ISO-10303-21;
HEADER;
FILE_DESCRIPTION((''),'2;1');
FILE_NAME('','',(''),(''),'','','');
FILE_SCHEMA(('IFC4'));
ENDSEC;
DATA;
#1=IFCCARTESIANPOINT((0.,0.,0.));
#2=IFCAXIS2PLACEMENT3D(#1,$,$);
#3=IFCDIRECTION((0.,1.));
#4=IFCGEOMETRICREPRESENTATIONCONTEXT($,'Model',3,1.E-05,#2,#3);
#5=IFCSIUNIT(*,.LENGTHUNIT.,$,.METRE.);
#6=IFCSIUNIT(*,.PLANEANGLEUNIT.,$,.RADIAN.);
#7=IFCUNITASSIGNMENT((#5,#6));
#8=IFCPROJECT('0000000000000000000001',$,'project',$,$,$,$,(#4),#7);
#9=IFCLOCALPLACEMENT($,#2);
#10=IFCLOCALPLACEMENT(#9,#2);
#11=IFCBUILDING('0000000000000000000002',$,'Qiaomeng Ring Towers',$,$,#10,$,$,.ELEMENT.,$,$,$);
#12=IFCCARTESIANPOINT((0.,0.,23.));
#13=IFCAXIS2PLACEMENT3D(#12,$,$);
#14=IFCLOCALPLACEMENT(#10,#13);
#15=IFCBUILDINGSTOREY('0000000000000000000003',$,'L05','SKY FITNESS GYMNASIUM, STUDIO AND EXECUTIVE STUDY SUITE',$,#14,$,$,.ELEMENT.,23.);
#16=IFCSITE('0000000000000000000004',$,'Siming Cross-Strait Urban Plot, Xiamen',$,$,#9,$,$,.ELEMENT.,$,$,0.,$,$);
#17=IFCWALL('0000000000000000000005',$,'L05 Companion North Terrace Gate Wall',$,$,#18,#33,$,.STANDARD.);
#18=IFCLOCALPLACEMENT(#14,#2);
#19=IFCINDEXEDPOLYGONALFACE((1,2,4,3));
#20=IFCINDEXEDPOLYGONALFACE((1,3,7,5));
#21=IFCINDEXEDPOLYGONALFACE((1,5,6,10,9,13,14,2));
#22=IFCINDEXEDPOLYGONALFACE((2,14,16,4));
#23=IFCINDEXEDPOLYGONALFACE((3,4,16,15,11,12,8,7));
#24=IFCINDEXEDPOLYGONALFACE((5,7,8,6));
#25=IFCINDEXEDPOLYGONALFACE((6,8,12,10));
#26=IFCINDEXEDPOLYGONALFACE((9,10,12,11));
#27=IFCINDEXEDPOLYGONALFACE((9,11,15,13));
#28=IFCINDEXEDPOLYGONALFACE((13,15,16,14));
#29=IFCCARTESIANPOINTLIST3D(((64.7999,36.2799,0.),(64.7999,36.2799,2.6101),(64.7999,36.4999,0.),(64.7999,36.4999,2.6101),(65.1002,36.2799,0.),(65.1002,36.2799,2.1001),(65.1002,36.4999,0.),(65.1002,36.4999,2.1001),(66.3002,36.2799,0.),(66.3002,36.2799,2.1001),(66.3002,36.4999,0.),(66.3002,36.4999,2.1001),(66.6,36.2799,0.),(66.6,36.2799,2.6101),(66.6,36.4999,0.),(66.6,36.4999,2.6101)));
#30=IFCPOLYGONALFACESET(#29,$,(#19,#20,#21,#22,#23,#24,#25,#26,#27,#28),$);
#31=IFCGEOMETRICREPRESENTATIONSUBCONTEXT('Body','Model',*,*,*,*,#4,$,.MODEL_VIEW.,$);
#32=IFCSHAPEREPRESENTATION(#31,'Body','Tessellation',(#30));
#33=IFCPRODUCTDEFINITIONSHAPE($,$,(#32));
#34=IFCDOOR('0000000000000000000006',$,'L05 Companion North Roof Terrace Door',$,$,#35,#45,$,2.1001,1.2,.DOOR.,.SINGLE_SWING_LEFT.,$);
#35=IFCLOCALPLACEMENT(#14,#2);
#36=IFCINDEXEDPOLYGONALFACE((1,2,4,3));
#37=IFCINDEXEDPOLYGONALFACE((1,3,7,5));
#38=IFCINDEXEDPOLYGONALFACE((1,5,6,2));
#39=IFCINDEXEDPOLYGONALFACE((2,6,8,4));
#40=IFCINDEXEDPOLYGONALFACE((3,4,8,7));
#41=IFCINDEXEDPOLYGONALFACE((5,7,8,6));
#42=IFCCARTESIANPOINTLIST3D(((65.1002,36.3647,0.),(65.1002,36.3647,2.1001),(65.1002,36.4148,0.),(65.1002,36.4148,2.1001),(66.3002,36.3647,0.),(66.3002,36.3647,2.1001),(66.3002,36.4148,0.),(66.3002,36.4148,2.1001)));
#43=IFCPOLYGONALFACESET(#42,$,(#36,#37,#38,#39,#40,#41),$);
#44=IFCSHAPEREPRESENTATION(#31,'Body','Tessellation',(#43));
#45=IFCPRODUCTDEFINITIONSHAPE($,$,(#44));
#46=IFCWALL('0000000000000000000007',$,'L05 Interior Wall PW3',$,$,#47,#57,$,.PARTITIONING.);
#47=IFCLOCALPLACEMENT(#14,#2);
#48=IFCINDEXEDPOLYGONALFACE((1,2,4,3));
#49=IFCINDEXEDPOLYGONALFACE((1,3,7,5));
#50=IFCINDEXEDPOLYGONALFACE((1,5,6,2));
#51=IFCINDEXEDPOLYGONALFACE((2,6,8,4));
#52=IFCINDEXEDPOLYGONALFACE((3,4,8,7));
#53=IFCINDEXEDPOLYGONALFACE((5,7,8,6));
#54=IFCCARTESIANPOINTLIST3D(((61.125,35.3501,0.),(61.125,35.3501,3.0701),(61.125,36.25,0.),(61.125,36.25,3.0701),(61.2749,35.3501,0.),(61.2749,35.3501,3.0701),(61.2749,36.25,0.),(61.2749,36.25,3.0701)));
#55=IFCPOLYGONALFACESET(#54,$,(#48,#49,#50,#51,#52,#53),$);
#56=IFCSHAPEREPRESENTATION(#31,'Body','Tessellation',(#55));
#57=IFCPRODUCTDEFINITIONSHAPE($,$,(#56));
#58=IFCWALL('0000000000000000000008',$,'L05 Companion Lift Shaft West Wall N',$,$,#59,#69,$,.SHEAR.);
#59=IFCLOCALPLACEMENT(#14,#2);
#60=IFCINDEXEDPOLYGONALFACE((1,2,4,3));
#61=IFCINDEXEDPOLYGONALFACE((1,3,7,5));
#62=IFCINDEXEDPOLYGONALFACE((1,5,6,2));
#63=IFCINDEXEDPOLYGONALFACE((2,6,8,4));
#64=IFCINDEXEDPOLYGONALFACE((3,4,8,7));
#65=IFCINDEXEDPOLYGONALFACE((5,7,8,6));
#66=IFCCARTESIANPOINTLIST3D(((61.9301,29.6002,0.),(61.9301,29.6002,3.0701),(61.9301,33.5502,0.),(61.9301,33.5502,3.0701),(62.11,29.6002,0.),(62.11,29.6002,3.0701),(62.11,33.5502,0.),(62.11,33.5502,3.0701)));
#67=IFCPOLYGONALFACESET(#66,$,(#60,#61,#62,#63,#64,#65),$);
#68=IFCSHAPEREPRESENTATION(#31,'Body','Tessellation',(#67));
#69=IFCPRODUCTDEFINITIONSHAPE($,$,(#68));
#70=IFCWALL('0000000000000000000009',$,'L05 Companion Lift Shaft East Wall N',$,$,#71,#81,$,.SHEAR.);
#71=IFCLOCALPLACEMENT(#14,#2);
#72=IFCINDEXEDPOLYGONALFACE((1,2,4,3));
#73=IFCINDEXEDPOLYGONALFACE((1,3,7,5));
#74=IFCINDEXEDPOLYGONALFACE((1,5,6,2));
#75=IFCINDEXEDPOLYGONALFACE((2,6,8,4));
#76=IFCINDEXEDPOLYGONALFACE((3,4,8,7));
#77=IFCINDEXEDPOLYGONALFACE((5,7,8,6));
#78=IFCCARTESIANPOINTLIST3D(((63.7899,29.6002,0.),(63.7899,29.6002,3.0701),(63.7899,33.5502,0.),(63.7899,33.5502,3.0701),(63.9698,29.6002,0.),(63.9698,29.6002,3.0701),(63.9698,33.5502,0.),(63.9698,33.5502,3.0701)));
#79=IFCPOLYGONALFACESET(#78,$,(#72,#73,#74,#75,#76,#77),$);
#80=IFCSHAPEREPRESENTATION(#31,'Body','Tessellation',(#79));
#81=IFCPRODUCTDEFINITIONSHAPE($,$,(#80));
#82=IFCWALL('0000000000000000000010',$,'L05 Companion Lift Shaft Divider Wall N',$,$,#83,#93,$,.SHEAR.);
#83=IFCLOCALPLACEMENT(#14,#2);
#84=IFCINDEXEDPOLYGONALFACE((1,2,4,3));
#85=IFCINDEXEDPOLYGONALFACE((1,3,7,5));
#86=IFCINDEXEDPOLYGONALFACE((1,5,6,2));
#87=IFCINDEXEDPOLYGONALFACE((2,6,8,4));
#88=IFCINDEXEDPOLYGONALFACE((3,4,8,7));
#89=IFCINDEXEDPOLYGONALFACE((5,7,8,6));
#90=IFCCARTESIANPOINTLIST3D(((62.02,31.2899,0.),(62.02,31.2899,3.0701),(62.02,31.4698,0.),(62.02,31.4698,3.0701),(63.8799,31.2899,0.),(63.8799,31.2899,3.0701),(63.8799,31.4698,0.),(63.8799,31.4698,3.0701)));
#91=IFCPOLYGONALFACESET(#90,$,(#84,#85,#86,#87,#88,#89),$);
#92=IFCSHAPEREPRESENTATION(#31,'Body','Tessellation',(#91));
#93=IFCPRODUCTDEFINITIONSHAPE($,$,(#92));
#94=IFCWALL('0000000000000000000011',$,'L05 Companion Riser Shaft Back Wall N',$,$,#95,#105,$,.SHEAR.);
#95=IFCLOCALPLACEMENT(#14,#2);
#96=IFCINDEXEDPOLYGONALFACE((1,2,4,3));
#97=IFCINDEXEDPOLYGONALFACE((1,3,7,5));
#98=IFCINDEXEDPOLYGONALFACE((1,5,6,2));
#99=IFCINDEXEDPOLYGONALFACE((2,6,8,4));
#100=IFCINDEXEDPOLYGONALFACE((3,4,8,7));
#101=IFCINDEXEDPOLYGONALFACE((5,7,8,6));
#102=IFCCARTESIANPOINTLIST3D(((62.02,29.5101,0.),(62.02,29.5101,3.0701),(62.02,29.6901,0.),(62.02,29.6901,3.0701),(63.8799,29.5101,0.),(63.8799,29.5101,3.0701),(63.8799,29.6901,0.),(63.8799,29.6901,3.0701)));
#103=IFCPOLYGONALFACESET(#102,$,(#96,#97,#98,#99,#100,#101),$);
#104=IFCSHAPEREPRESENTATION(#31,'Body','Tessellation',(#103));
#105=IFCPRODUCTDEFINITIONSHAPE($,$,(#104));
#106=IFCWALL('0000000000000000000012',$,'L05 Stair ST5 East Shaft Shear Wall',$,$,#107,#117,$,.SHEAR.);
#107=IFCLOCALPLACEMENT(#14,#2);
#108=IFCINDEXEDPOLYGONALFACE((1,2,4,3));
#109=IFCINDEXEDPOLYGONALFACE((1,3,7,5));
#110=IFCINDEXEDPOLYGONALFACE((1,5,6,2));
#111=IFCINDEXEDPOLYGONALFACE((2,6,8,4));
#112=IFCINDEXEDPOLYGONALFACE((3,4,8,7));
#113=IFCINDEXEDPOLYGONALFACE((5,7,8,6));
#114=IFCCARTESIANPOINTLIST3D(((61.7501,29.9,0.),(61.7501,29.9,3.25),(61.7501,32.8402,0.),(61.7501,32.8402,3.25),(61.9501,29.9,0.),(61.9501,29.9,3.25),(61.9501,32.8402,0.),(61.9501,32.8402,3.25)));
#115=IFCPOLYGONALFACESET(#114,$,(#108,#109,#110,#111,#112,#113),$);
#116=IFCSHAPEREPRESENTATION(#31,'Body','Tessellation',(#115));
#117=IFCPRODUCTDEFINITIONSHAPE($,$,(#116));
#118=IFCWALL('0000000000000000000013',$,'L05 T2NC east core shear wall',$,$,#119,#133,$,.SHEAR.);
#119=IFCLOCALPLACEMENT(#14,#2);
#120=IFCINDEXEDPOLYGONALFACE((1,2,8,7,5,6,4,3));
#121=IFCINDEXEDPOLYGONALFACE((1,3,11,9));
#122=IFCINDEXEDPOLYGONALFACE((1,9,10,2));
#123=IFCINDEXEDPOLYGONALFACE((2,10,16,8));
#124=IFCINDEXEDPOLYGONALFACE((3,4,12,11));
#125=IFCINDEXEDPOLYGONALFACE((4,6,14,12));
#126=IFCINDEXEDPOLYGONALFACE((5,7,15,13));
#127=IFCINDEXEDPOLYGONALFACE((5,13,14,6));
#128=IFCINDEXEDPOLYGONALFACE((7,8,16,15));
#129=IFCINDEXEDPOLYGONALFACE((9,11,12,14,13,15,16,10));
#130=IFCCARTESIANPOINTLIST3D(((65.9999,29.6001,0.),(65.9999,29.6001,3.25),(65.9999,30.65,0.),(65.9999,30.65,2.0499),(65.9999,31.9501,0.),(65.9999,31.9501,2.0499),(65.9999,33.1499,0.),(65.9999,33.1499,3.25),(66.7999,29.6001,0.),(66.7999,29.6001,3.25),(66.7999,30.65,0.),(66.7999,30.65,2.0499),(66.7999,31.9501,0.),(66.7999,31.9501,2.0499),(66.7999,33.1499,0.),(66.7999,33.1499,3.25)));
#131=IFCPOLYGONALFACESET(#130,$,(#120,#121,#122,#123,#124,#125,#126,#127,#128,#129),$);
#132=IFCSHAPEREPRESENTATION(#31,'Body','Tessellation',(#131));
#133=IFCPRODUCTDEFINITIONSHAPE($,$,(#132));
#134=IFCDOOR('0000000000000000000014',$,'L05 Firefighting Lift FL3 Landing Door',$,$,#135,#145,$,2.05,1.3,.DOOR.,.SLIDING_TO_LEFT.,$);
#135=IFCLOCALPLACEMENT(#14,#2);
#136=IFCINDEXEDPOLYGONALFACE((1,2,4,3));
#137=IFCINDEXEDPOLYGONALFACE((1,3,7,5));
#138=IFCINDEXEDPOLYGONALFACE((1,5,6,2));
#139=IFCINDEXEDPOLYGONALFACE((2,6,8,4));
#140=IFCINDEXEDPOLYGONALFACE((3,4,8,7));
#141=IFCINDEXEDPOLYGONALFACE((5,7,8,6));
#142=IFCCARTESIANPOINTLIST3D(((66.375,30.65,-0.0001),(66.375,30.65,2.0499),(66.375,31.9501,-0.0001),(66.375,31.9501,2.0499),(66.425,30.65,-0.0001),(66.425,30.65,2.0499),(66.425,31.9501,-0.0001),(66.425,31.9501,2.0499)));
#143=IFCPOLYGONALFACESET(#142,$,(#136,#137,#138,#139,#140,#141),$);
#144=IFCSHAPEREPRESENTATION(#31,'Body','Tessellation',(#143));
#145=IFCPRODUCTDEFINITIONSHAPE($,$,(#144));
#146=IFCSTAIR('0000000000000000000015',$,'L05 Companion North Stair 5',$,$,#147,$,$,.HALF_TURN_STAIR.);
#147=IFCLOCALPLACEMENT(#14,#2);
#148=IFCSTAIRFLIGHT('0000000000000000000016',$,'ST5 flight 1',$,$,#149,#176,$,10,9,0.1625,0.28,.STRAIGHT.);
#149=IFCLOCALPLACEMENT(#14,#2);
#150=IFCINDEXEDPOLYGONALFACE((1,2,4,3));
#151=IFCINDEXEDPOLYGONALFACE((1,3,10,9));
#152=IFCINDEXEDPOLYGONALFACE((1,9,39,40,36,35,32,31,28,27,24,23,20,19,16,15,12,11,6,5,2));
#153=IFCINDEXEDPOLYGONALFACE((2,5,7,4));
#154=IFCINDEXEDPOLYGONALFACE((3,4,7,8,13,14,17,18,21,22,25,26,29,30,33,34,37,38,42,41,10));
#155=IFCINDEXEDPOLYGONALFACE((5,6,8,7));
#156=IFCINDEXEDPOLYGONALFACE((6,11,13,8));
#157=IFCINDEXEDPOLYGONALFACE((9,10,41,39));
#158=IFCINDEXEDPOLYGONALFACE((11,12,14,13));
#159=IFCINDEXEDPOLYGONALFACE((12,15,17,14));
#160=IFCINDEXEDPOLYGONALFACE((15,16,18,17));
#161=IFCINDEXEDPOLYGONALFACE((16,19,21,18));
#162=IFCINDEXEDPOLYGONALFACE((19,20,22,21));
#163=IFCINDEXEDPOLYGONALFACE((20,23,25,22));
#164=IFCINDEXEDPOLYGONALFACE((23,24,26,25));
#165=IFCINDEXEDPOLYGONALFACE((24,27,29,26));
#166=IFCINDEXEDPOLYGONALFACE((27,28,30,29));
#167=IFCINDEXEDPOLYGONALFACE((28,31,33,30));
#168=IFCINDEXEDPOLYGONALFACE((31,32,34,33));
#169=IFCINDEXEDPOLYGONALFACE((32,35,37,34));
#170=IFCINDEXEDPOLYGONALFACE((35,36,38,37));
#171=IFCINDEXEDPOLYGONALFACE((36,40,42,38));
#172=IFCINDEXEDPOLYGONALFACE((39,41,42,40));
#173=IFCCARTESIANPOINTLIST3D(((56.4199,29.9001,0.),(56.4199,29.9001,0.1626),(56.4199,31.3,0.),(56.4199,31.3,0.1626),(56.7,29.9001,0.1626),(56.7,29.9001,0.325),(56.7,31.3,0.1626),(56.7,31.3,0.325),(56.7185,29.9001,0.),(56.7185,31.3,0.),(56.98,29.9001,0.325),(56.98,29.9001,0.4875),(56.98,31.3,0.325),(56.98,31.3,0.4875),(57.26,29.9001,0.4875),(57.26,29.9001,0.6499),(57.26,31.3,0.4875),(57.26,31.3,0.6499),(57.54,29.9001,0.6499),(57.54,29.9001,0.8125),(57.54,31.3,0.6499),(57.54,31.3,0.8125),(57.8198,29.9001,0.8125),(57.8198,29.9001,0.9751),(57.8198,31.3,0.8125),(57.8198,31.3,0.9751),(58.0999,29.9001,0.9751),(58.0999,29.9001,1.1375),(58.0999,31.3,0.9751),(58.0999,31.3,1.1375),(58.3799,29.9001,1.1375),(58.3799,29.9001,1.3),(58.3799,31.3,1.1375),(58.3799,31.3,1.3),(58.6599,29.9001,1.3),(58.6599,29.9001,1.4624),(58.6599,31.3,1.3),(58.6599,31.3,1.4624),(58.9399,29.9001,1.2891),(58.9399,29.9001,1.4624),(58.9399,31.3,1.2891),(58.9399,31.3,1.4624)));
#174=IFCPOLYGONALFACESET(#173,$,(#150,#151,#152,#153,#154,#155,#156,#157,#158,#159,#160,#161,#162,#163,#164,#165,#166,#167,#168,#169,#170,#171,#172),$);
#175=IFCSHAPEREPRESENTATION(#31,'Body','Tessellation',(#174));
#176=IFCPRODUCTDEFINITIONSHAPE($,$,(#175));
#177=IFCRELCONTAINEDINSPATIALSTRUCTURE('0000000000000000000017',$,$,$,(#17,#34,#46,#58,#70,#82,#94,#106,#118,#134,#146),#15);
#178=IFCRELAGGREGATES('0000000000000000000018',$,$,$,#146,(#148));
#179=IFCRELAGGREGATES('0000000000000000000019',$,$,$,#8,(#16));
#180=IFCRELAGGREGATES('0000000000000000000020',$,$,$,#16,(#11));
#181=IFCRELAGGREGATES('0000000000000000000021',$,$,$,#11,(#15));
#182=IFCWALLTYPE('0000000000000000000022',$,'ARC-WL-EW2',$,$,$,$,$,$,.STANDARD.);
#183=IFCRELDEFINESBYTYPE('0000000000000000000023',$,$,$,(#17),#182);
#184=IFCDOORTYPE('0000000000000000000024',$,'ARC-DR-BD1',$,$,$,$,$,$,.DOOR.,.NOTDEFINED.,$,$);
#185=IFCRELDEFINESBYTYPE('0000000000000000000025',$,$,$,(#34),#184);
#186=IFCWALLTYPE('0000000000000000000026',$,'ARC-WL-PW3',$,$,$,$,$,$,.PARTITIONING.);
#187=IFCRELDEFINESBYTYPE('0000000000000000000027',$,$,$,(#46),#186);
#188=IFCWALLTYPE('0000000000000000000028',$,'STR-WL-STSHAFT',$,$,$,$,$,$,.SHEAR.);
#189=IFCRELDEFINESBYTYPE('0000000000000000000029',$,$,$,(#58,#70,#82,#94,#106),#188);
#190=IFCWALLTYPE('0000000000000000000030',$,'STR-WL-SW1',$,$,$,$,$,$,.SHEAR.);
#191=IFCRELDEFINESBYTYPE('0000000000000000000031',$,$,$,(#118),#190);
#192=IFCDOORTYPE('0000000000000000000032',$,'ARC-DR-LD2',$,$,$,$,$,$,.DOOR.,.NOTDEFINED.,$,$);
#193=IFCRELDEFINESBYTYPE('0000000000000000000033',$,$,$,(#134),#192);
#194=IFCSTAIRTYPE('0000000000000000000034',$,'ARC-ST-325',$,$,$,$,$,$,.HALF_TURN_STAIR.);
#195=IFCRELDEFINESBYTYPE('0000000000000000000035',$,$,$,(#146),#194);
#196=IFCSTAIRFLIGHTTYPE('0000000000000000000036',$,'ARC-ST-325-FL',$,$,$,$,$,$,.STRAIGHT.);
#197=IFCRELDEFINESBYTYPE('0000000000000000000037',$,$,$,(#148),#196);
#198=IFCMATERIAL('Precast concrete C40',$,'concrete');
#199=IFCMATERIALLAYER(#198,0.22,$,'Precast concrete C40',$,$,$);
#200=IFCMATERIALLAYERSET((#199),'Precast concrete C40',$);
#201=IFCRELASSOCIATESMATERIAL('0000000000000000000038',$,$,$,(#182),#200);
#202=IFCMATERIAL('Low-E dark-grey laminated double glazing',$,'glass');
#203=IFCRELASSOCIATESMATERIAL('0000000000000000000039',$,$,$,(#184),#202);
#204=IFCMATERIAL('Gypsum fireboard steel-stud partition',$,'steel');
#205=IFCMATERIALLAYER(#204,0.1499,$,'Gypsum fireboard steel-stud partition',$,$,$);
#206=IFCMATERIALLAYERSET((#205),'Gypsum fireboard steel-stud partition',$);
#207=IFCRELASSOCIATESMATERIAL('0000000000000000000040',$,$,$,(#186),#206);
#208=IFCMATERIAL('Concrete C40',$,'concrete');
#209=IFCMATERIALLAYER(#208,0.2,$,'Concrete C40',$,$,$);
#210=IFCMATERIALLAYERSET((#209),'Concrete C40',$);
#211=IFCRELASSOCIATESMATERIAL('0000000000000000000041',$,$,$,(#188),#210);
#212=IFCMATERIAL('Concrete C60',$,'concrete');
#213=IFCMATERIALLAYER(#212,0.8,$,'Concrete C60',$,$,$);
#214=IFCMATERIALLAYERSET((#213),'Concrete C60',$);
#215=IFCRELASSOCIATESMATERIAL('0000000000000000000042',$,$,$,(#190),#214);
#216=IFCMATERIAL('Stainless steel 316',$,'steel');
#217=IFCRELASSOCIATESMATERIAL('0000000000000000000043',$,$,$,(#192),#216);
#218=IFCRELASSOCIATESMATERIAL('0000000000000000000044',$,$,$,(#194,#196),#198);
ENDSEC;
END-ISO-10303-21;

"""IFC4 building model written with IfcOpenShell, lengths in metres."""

from ifc_helpers import new_model, si_unit, direction, frame, frame_2d, origin, place, context, subcontext, project, spatial, polyline, rectangle, outline, extrude, source, transform, mapped, material, layer, layer_set, type_object, element, fill, aggregate, save


model = new_model("IFC4")

# Units and contexts
model_context = context("Model", 3, precision=1e-05, world=origin(), true_north=direction((0.0, 1.0)))
body_context = subcontext(model_context, "Body", "Model", "MODEL_VIEW")
ifc_project = project(units=[si_unit("LENGTHUNIT", "METRE"), si_unit("PLANEANGLEUNIT", "RADIAN")], contexts=[model_context])

# Site, building, storey
site_placement = place(None, origin())
site = spatial("IfcSite", under=ifc_project, at=site_placement, Name="Siming Cross-Strait Urban Plot, Xiamen", CompositionType="ELEMENT", RefElevation=0.0)
building_placement = place(site_placement, origin())
building = spatial("IfcBuilding", under=site, at=building_placement, Name="Qiaomeng Ring Towers", CompositionType="ELEMENT")
storey_placement = place(building_placement, frame((0.0, 0.0, 23.0)))
storey = spatial("IfcBuildingStorey", under=building, at=storey_placement, Name="L05", Description="SKY FITNESS GYMNASIUM, STUDIO AND EXECUTIVE STUDY SUITE", CompositionType="ELEMENT", Elevation=23.0)

# Shared definitions
ifc_material_1 = material(Name="Low-E dark-grey laminated double glazing", Category="glass")

# Wall, opening, door
ifc_material_2 = material(Name="Precast concrete C40", Category="concrete")
ifc_layer_1 = layer(ifc_material_2, 0.22, Name="Precast concrete C40")
ifc_layer_set_1 = layer_set([ifc_layer_1], Name="Precast concrete C40")
wall_type_1 = type_object("IfcWallType", Name="ARC-WL-EW2", PredefinedType="STANDARD", material=ifc_layer_set_1)
wall_1_placement = place(storey_placement, frame((64.8, 36.3899, 0.0), z_axis=(0.0, 0.0, 1.0), x_axis=(1.0, 0.0, 0.0)))
wall_1 = element("IfcWall", 1, at=wall_1_placement, inside=storey, type_object=wall_type_1, Name="L05 Companion North Terrace Gate Wall", PredefinedType="STANDARD", context=body_context, shape_type="SweptSolid", body=[
    extrude(rectangle(XDim=1.8, YDim=0.22, at=frame_2d((0.8999, 0.0))), origin(), (0.0, 0.0, 1.0), 2.6101),
])
opening_1_placement = place(wall_1_placement, frame((0.3, 0.0, 0.0)))
opening_1 = element("IfcOpeningElement", 2, at=opening_1_placement, cuts=wall_1, PredefinedType="OPENING", context=body_context, shape_type="SweptSolid", body=[
    extrude(rectangle(XDim=1.2, YDim=2.1001, at=frame_2d((0.6001, 1.05))), frame((0.0, 0.1199, 0.0), z_axis=(0.0, -1.0, 0.0), x_axis=(1.0, 0.0, 0.0)), (0.0, 0.0, 1.0), 0.24),
])
door_type_1 = type_object("IfcDoorType", Name="ARC-DR-BD1", OperationType="NOTDEFINED", PredefinedType="DOOR", material=ifc_material_1)
shared_shape_1 = source(origin(), body_context, "Body", "SweptSolid", [
    extrude(rectangle(XDim=1.2, YDim=2.1001, at=frame_2d((0.6001, 1.05))), frame((0.0, 0.0249, 0.0), z_axis=(0.0, -1.0, 0.0), x_axis=(1.0, 0.0, 0.0)), (0.0, 0.0, 1.0), 0.05),
])
door_1_placement = place(opening_1_placement, origin())
door_1 = element("IfcDoor", 3, at=door_1_placement, inside=storey, type_object=door_type_1, Name="L05 Companion North Roof Terrace Door", OperationType="SINGLE_SWING_LEFT", OverallHeight=2.1001, OverallWidth=1.2, PredefinedType="DOOR", context=body_context, shape_type="MappedRepresentation", body=[
    mapped(shared_shape_1, transform((0.0, 0.0, 0.0), x_axis=(1.0, 0.0, 0.0), y_axis=(0.0, 1.0, 0.0), z_axis=(0.0, 0.0, 1.0), scale=1.0)),
])
fill(opening_1, door_1)

# Walls
ifc_material_3 = material(Name="Gypsum fireboard steel-stud partition", Category="steel")
ifc_layer_2 = layer(ifc_material_3, 0.1499, Name="Gypsum fireboard steel-stud partition")
ifc_layer_set_2 = layer_set([ifc_layer_2], Name="Gypsum fireboard steel-stud partition")
wall_type_2 = type_object("IfcWallType", Name="ARC-WL-PW3", PredefinedType="PARTITIONING", material=ifc_layer_set_2)
wall_2_placement = place(storey_placement, frame((61.2, 35.3501, 0.0), z_axis=(0.0, 0.0, 1.0), x_axis=(0.0, 1.0, 0.0)))
element("IfcWall", 4, at=wall_2_placement, inside=storey, type_object=wall_type_2, Name="L05 Interior Wall PW3", PredefinedType="PARTITIONING", context=body_context, shape_type="SweptSolid", body=[
    extrude(rectangle(XDim=0.8999, YDim=0.1499, at=frame_2d((0.45, 0.0))), origin(), (0.0, 0.0, 1.0), 3.0701),
])
ifc_material_4 = material(Name="Concrete C40", Category="concrete")
ifc_layer_3 = layer(ifc_material_4, 0.2, Name="Concrete C40")
ifc_layer_set_3 = layer_set([ifc_layer_3], Name="Concrete C40")
wall_type_3 = type_object("IfcWallType", Name="STR-WL-STSHAFT", PredefinedType="SHEAR", material=ifc_layer_set_3)
for number, where, z_axis, x_axis, name in (
    (5, (62.02, 29.6001, 0.0), (0.0, 0.0, 1.0), (0.0, 1.0, 0.0), "L05 Companion Lift Shaft West Wall N"),
    (6, (63.8799, 29.6001, 0.0), (0.0, 0.0, 1.0), (0.0, 1.0, 0.0), "L05 Companion Lift Shaft East Wall N"),
):
    element("IfcWall", number, at=place(storey_placement, frame(where, z_axis=z_axis, x_axis=x_axis)), inside=storey, type_object=wall_type_3, Name=name, PredefinedType="SHEAR", context=body_context, shape_type="SweptSolid", body=[
        extrude(rectangle(XDim=3.95, YDim=0.1799, at=frame_2d((1.9751, 0.0))), origin(), (0.0, 0.0, 1.0), 3.0701),
    ])
for number, where, z_axis, x_axis, name in (
    (7, (62.02, 31.3799, 0.0), (0.0, 0.0, 1.0), (1.0, 0.0, 0.0), "L05 Companion Lift Shaft Divider Wall N"),
    (8, (62.02, 29.6001, 0.0), (0.0, 0.0, 1.0), (1.0, 0.0, 0.0), "L05 Companion Riser Shaft Back Wall N"),
):
    element("IfcWall", number, at=place(storey_placement, frame(where, z_axis=z_axis, x_axis=x_axis)), inside=storey, type_object=wall_type_3, Name=name, PredefinedType="SHEAR", context=body_context, shape_type="SweptSolid", body=[
        extrude(rectangle(XDim=1.8599, YDim=0.1799, at=frame_2d((0.9299, 0.0))), origin(), (0.0, 0.0, 1.0), 3.0701),
    ])
wall_3_placement = place(storey_placement, frame((61.8501, 29.8999, 0.0), z_axis=(0.0, 0.0, 1.0), x_axis=(0.0, 1.0, 0.0)))
element("IfcWall", 9, at=wall_3_placement, inside=storey, type_object=wall_type_3, Name="L05 Stair ST5 East Shaft Shear Wall", PredefinedType="SHEAR", context=body_context, shape_type="SweptSolid", body=[
    extrude(rectangle(XDim=2.9402, YDim=0.2, at=frame_2d((1.4702, 0.0))), origin(), (0.0, 0.0, 1.0), 3.25),
])

# Wall, opening, door
ifc_material_5 = material(Name="Concrete C60", Category="concrete")
ifc_layer_4 = layer(ifc_material_5, 0.8, Name="Concrete C60")
ifc_layer_set_4 = layer_set([ifc_layer_4], Name="Concrete C60")
wall_type_4 = type_object("IfcWallType", Name="STR-WL-SW1", PredefinedType="SHEAR", material=ifc_layer_set_4)
wall_4_placement = place(storey_placement, frame((66.3999, 29.6001, 0.0), z_axis=(0.0, 0.0, 1.0), x_axis=(0.0, 1.0, 0.0)))
wall_4 = element("IfcWall", 10, at=wall_4_placement, inside=storey, type_object=wall_type_4, Name="L05 T2NC east core shear wall", PredefinedType="SHEAR", context=body_context, shape_type="SweptSolid", body=[
    extrude(rectangle(XDim=3.5498, YDim=0.8, at=frame_2d((1.7749, 0.0))), origin(), (0.0, 0.0, 1.0), 3.25),
])
opening_2_placement = place(wall_4_placement, frame((1.05, 0.0, 0.0)))
opening_2 = element("IfcOpeningElement", 11, at=opening_2_placement, cuts=wall_4, PredefinedType="OPENING", context=body_context, shape_type="SweptSolid", body=[
    extrude(rectangle(XDim=1.3, YDim=2.05, at=frame_2d((0.6499, 1.0249))), frame((0.0, 0.4099, 0.0), z_axis=(0.0, -1.0, 0.0), x_axis=(1.0, 0.0, 0.0)), (0.0, 0.0, 1.0), 0.8201),
])
ifc_material_6 = material(Name="Stainless steel 316", Category="steel")
door_type_2 = type_object("IfcDoorType", Name="ARC-DR-LD2", OperationType="NOTDEFINED", PredefinedType="DOOR", material=ifc_material_6)
shared_shape_2 = source(origin(), body_context, "Body", "SweptSolid", [
    extrude(rectangle(XDim=1.3, YDim=2.05, at=frame_2d((0.6499, 1.0249))), frame((0.0, 0.0249, 0.0), z_axis=(0.0, -1.0, 0.0), x_axis=(1.0, 0.0, 0.0)), (0.0, 0.0, 1.0), 0.05),
])
door_2_placement = place(opening_2_placement, origin())
door_2 = element("IfcDoor", 12, at=door_2_placement, inside=storey, type_object=door_type_2, Name="L05 Firefighting Lift FL3 Landing Door", OperationType="SLIDING_TO_LEFT", OverallHeight=2.05, OverallWidth=1.3, PredefinedType="DOOR", context=body_context, shape_type="MappedRepresentation", body=[
    mapped(shared_shape_2, transform((0.0, 0.0, 0.0), x_axis=(1.0, 0.0, 0.0), y_axis=(0.0, 1.0, 0.0), z_axis=(0.0, 0.0, 1.0), scale=1.0)),
])
fill(opening_2, door_2)

# Stair, stair flight
stair_type = type_object("IfcStairType", Name="ARC-ST-325", PredefinedType="HALF_TURN_STAIR", material=ifc_material_2)
stair_placement = place(storey_placement, origin())
stair = element("IfcStair", 13, at=stair_placement, inside=storey, type_object=stair_type, Name="L05 Companion North Stair 5", PredefinedType="HALF_TURN_STAIR")
stair_flight_type = type_object("IfcStairFlightType", Name="ARC-ST-325-FL", PredefinedType="STRAIGHT", material=ifc_material_2)
shared_shape_3 = source(origin(), body_context, "Body", "SweptSolid", [
    extrude(outline(polyline([(0.0, 0.0), (0.0, 0.1626), (0.28, 0.1626), (0.28, 0.325), (0.5601, 0.325), (0.5601, 0.4875), (0.8401, 0.4875), (0.8401, 0.6499), (1.1201, 0.6499), (1.1201, 0.8125), (1.3999, 0.8125), (1.3999, 0.9751), (1.6799, 0.9751), (1.6799, 1.1375), (1.96, 1.1375), (1.96, 1.3), (2.24, 1.3), (2.24, 1.4624), (2.52, 1.4624), (2.52, 1.625), (2.52, 1.2891), (0.2986, 0.0), (0.0, 0.0)])), frame((0.0, 0.7, 0.0), z_axis=(0.0, -1.0, 0.0), x_axis=(1.0, 0.0, 0.0)), (0.0, 0.0, 1.0), 1.3999),
])
stair_flight_1_placement = place(storey_placement, frame((56.4199, 30.6001, 0.0), z_axis=(0.0, 0.0, 1.0), x_axis=(1.0, 0.0, 0.0)))
stair_flight_1 = element("IfcStairFlight", 14, at=stair_flight_1_placement, type_object=stair_flight_type, Name="ST5 flight 1", NumberOfRisers=10, NumberOfTreads=9, PredefinedType="STRAIGHT", RiserHeight=0.1625, TreadLength=0.28, context=body_context, shape_type="MappedRepresentation", body=[
    mapped(shared_shape_3, transform((0.0, 0.0, 0.0), x_axis=(1.0, 0.0, 0.0), y_axis=(0.0, 1.0, 0.0), z_axis=(0.0, 0.0, 1.0), scale=1.0)),
])
aggregate(stair, [stair_flight_1])

save(model, "model.ifc")
